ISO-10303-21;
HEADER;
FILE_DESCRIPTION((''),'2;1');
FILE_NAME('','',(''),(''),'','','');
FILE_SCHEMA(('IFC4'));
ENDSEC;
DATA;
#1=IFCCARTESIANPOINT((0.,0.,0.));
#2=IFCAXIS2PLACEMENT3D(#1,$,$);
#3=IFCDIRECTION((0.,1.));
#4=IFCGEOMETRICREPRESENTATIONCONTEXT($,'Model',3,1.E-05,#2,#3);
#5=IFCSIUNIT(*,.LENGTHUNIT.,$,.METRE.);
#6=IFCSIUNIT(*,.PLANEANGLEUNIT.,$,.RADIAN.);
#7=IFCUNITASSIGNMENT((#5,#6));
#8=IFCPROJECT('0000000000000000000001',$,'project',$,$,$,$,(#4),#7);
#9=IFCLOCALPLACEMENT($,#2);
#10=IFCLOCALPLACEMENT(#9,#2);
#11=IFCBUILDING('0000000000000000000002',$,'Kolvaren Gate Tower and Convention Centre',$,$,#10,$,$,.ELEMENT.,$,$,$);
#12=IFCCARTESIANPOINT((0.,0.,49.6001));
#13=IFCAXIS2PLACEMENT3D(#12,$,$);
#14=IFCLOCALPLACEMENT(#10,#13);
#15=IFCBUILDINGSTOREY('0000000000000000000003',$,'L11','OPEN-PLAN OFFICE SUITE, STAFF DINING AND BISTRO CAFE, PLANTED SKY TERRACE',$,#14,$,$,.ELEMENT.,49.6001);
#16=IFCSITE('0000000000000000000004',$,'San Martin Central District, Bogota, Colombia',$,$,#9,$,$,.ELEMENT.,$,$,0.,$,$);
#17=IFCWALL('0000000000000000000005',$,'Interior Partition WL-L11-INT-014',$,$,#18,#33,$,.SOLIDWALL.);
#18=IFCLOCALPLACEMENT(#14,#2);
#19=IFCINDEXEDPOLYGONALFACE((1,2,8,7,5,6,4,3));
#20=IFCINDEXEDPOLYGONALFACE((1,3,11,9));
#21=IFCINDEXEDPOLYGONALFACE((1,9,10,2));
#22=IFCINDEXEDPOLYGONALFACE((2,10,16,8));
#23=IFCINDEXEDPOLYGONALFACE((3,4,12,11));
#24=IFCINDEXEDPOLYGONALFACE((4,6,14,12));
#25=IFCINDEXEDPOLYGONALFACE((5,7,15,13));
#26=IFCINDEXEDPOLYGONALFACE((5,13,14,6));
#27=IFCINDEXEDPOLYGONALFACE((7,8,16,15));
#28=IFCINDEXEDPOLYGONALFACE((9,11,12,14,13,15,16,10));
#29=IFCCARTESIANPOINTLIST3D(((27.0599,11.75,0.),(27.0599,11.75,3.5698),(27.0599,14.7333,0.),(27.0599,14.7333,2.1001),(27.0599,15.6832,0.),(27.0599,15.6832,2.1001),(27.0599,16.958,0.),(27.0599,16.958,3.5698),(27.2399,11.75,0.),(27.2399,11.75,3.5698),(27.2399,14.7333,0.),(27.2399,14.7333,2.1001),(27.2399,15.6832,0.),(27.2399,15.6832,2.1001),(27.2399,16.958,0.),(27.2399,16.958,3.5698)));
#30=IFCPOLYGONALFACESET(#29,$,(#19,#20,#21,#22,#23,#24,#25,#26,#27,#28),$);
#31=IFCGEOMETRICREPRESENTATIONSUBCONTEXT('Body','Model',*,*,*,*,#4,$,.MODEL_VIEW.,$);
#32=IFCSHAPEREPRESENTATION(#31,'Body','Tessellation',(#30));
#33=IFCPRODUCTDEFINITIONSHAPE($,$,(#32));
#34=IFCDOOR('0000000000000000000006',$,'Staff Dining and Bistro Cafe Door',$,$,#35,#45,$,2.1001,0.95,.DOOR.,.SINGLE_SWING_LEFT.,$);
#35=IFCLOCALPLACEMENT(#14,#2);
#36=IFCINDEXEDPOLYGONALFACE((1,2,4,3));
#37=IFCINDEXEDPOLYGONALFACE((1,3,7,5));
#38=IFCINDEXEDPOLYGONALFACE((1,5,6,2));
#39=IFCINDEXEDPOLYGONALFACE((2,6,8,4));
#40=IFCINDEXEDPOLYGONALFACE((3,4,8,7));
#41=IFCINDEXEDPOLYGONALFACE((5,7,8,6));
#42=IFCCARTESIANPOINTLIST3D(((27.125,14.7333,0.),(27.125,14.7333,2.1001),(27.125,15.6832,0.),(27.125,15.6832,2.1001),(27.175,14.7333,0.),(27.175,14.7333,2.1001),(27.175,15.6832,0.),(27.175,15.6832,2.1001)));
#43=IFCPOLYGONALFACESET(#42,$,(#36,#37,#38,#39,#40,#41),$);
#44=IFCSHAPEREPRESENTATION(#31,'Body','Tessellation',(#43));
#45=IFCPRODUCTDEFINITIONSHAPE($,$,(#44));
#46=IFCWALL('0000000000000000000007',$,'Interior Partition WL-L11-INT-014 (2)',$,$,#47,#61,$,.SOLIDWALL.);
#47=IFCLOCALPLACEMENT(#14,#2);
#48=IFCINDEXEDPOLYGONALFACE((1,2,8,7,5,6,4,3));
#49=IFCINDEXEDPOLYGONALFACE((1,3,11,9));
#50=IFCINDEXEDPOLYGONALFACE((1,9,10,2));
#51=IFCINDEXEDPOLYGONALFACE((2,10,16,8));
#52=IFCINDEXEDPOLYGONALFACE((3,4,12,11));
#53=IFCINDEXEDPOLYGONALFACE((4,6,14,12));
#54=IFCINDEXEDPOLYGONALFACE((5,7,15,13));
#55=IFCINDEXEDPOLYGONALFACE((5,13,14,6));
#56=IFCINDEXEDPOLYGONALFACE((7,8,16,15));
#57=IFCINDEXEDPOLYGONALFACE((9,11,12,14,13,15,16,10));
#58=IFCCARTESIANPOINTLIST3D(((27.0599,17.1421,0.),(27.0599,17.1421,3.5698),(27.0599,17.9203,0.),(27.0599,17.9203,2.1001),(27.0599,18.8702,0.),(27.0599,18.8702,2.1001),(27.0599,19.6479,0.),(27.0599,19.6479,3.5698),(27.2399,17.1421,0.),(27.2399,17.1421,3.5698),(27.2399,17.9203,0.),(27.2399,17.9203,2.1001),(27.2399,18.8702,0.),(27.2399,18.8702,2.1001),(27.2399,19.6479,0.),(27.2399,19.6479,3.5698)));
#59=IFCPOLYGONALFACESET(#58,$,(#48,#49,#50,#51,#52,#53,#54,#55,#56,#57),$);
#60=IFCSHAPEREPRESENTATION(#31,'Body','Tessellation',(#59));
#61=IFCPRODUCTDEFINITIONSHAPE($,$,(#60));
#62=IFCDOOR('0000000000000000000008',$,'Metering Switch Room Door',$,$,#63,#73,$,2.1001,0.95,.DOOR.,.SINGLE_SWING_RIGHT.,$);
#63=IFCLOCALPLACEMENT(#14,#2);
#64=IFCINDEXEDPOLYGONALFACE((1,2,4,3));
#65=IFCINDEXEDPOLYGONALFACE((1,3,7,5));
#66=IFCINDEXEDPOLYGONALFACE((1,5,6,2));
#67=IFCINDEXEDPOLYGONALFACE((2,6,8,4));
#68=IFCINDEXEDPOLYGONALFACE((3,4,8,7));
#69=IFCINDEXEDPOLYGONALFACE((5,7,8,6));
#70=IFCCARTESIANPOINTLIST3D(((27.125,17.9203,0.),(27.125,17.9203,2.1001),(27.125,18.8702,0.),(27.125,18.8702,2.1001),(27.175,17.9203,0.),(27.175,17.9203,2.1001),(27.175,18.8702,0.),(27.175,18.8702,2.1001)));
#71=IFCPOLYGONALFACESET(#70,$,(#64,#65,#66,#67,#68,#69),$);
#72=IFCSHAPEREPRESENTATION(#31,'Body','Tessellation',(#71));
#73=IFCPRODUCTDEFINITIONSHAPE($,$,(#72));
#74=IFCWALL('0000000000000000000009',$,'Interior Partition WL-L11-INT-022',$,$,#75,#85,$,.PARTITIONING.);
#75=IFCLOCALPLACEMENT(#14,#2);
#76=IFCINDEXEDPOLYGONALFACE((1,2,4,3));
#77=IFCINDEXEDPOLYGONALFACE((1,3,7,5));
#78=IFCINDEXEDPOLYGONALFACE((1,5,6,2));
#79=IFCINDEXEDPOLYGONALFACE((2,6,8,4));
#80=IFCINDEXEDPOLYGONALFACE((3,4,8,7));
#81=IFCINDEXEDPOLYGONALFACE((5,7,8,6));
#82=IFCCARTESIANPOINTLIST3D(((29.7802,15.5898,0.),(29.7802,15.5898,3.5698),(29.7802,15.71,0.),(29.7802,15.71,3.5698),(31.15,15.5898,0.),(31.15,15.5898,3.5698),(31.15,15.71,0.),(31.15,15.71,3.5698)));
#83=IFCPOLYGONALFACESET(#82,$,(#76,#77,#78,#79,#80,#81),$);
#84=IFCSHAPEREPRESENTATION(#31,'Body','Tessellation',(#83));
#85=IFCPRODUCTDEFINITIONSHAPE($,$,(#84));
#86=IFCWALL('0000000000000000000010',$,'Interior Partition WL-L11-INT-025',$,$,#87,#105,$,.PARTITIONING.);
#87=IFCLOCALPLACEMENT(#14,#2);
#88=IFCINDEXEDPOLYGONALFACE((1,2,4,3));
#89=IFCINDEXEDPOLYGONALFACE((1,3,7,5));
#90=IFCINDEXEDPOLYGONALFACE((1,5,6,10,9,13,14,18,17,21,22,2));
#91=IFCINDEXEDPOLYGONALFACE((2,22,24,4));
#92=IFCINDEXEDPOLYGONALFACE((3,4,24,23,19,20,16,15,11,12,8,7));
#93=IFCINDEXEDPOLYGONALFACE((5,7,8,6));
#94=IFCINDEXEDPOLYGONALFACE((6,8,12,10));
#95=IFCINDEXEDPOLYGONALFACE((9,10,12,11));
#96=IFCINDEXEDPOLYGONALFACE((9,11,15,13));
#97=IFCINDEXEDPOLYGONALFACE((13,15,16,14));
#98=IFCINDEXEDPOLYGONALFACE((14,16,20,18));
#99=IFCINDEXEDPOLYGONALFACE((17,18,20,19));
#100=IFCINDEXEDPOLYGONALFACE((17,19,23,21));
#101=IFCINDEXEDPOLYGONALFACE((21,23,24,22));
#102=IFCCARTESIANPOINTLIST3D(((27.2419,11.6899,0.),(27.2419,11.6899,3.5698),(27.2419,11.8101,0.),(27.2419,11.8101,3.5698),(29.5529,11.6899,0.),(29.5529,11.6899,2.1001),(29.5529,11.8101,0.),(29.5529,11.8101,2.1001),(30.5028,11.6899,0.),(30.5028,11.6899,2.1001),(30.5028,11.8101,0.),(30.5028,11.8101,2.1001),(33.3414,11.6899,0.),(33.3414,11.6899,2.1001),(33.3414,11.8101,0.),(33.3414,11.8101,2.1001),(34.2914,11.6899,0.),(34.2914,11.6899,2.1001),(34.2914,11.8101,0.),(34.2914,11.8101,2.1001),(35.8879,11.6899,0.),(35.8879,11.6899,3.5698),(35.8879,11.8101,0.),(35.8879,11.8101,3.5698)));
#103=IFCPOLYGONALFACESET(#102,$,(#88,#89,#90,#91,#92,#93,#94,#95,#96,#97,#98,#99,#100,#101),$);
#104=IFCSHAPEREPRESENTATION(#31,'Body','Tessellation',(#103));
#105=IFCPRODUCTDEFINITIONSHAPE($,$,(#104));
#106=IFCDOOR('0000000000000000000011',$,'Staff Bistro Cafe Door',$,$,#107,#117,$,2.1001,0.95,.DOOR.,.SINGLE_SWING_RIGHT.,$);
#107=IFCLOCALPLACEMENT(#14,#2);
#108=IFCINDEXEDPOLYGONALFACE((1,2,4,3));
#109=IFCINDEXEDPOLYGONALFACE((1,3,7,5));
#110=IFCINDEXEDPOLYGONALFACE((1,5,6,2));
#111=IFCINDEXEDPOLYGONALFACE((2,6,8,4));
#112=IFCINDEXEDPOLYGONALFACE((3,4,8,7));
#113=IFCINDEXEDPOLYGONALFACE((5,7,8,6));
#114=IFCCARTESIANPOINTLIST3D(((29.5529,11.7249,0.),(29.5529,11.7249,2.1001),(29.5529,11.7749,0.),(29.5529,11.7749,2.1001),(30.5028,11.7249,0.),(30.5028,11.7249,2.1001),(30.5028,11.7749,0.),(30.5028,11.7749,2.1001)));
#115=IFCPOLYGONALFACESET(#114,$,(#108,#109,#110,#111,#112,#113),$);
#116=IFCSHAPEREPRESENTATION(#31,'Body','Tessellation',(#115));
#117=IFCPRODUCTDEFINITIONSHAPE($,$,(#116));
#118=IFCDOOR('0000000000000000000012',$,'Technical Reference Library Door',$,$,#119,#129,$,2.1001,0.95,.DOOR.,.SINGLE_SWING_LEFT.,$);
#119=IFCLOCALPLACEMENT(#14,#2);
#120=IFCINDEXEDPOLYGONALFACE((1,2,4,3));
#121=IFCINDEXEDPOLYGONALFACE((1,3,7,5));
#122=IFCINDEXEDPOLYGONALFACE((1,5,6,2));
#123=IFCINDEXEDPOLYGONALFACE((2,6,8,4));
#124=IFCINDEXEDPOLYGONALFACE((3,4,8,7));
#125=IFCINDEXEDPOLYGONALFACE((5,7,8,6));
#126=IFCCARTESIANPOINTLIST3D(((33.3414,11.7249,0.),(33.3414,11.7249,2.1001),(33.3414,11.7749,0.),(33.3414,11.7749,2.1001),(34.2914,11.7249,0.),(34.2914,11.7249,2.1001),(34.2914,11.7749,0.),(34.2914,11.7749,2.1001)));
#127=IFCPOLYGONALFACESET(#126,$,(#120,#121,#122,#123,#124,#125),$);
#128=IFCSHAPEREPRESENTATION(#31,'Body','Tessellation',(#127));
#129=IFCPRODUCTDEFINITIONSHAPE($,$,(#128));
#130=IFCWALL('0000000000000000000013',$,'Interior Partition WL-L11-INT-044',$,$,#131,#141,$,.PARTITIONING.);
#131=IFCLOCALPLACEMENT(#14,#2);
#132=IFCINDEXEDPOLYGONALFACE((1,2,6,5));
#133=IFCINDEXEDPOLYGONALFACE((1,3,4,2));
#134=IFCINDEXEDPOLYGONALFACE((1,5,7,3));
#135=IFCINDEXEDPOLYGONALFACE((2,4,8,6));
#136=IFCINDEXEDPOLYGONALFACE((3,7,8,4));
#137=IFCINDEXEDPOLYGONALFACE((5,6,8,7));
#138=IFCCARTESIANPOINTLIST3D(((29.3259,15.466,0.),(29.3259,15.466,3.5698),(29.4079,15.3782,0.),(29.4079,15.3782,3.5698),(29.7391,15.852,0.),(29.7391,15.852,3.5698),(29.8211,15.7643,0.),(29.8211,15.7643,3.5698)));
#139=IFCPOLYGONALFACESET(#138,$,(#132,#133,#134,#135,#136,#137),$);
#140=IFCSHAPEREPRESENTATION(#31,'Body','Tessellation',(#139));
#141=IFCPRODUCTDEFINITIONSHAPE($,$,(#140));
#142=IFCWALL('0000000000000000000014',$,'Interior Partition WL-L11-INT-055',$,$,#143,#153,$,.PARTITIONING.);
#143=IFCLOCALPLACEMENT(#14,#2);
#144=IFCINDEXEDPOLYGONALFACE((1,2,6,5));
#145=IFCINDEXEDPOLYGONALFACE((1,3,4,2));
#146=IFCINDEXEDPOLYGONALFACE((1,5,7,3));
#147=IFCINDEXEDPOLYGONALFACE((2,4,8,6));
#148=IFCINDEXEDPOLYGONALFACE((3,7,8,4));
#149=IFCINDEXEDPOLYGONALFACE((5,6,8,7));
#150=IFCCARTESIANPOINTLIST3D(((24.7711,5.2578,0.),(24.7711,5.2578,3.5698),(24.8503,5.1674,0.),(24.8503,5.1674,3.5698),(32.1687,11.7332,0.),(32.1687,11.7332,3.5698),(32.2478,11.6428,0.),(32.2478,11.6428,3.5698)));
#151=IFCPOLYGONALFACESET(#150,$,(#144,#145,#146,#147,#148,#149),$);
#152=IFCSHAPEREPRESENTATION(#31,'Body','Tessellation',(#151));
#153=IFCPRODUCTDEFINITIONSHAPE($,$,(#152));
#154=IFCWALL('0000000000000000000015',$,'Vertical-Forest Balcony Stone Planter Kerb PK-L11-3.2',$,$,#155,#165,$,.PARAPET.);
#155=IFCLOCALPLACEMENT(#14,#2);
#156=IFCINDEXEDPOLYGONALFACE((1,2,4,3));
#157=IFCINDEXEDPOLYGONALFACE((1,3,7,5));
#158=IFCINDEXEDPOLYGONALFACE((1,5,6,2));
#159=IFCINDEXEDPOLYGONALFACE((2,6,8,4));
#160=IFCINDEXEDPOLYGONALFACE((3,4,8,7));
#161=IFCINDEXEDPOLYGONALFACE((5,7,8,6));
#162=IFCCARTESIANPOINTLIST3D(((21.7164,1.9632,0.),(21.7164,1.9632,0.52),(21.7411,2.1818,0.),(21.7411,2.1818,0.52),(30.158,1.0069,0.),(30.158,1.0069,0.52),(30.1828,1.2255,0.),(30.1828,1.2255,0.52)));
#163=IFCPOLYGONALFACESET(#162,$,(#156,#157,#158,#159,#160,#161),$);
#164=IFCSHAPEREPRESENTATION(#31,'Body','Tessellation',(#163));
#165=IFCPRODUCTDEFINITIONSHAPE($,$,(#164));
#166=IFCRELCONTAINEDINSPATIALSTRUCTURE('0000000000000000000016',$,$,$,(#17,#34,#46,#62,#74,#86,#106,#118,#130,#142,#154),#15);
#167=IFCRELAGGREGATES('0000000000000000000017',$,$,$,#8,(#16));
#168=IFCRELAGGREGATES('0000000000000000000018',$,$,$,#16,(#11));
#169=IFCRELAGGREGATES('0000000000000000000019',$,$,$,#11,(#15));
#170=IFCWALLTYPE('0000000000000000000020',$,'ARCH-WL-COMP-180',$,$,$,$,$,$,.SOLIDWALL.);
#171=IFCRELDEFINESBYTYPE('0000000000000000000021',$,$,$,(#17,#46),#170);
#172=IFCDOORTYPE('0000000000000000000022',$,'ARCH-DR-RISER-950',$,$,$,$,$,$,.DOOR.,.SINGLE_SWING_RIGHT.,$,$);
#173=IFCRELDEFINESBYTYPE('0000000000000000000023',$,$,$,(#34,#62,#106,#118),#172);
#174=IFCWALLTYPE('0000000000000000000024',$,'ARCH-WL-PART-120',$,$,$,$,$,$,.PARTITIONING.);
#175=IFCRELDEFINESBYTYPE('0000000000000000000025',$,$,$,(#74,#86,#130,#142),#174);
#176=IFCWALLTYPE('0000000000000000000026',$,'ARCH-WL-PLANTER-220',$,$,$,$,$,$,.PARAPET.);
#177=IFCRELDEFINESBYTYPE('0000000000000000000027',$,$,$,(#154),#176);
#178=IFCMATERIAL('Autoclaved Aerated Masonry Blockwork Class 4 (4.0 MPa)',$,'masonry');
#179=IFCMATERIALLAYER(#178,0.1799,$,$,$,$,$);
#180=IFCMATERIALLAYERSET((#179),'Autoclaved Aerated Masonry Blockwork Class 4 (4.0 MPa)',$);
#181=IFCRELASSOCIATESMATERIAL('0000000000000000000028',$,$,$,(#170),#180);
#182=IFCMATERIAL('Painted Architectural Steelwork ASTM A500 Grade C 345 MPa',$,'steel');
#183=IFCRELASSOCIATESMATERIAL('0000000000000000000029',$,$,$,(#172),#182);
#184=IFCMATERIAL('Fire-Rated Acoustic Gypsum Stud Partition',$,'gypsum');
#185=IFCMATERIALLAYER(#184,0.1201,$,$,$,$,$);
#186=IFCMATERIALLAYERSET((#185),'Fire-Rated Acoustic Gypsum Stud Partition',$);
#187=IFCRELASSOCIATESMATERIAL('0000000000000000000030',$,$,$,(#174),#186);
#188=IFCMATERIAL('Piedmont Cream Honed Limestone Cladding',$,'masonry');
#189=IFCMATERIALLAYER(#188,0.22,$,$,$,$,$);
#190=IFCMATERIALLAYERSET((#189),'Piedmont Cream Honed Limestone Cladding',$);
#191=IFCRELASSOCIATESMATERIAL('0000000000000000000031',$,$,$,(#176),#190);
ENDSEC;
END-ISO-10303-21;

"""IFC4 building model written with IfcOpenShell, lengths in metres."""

from ifc_helpers import new_model, si_unit, direction, frame, frame_2d, origin, place, context, subcontext, project, spatial, rectangle, extrude, material, layer, layer_set, type_object, element, fill, save


model = new_model("IFC4")

# Units and contexts
model_context = context("Model", 3, precision=1e-05, world=origin(), true_north=direction((0.0, 1.0)))
body_context = subcontext(model_context, "Body", "Model", "MODEL_VIEW")
ifc_project = project(units=[si_unit("LENGTHUNIT", "METRE"), si_unit("PLANEANGLEUNIT", "RADIAN")], contexts=[model_context])

# Site, building, storey
site_placement = place(None, origin())
site = spatial("IfcSite", under=ifc_project, at=site_placement, Name="San Martin Central District, Bogota, Colombia", CompositionType="ELEMENT", RefElevation=0.0)
building_placement = place(site_placement, origin())
building = spatial("IfcBuilding", under=site, at=building_placement, Name="Kolvaren Gate Tower and Convention Centre", CompositionType="ELEMENT")
storey_placement = place(building_placement, frame((0.0, 0.0, 49.6001)))
storey = spatial("IfcBuildingStorey", under=building, at=storey_placement, Name="L11", Description="OPEN-PLAN OFFICE SUITE, STAFF DINING AND BISTRO CAFE, PLANTED SKY TERRACE", CompositionType="ELEMENT", Elevation=49.6001)

# Shared definitions
ifc_material_1 = material(Name="Autoclaved Aerated Masonry Blockwork Class 4 (4.0 MPa)", Category="masonry")
ifc_layer_1 = layer(ifc_material_1, 0.1799)
ifc_layer_set_1 = layer_set([ifc_layer_1], Name="Autoclaved Aerated Masonry Blockwork Class 4 (4.0 MPa)")
wall_type_1 = type_object("IfcWallType", Name="ARCH-WL-COMP-180", PredefinedType="SOLIDWALL", material=ifc_layer_set_1)

# Walls, openings, doors
ifc_material_2 = material(Name="Painted Architectural Steelwork ASTM A500 Grade C 345 MPa", Category="steel")
door_type_1 = type_object("IfcDoorType", Name="ARCH-DR-RISER-950", OperationType="SINGLE_SWING_RIGHT", PredefinedType="DOOR", material=ifc_material_2)
wall_1_placement = place(storey_placement, frame((27.1499, 11.75, 0.0), z_axis=(0.0, 0.0, 1.0), x_axis=(0.0, 1.0, 0.0)))
wall_1 = element("IfcWall", 1, at=wall_1_placement, inside=storey, type_object=wall_type_1, Name="Interior Partition WL-L11-INT-014", PredefinedType="SOLIDWALL", context=body_context, shape_type="SweptSolid", body=[
    extrude(rectangle(XDim=5.208, YDim=0.1799, at=frame_2d((2.604, 0.0))), origin(), (0.0, 0.0, 1.0), 3.5698),
])
opening_1_placement = place(wall_1_placement, frame((2.9832, 0.0, 0.0)))
opening_1 = element("IfcOpeningElement", 2, at=opening_1_placement, cuts=wall_1, PredefinedType="OPENING", context=body_context, shape_type="SweptSolid", body=[
    extrude(rectangle(XDim=0.95, YDim=2.1001, at=frame_2d((0.4751, 1.05))), frame((0.0, 0.0999, 0.0), z_axis=(0.0, -1.0, 0.0), x_axis=(1.0, 0.0, 0.0)), (0.0, 0.0, 1.0), 0.2),
])
door_1_placement = place(opening_1_placement, origin())
door_1 = element("IfcDoor", 3, at=door_1_placement, inside=storey, type_object=door_type_1, Name="Staff Dining and Bistro Cafe Door", OperationType="SINGLE_SWING_LEFT", OverallHeight=2.1001, OverallWidth=0.95, PredefinedType="DOOR", context=body_context, shape_type="SweptSolid", body=[
    extrude(rectangle(XDim=0.95, YDim=2.1001, at=frame_2d((0.4751, 1.05))), frame((0.0, 0.0249, 0.0), z_axis=(0.0, -1.0, 0.0), x_axis=(1.0, 0.0, 0.0)), (0.0, 0.0, 1.0), 0.05),
])
fill(opening_1, door_1)
wall_2_placement = place(storey_placement, frame((27.1499, 17.1421, 0.0), z_axis=(0.0, 0.0, 1.0), x_axis=(0.0, 1.0, 0.0)))
wall_2 = element("IfcWall", 4, at=wall_2_placement, inside=storey, type_object=wall_type_1, Name="Interior Partition WL-L11-INT-014 (2)", PredefinedType="SOLIDWALL", context=body_context, shape_type="SweptSolid", body=[
    extrude(rectangle(XDim=2.5059, YDim=0.1799, at=frame_2d((1.2529, 0.0))), origin(), (0.0, 0.0, 1.0), 3.5698),
])
opening_2_placement = place(wall_2_placement, frame((0.7781, 0.0, 0.0)))
opening_2 = element("IfcOpeningElement", 5, at=opening_2_placement, cuts=wall_2, PredefinedType="OPENING", context=body_context, shape_type="SweptSolid", body=[
    extrude(rectangle(XDim=0.95, YDim=2.1001, at=frame_2d((0.4751, 1.05))), frame((0.0, 0.0999, 0.0), z_axis=(0.0, -1.0, 0.0), x_axis=(1.0, 0.0, 0.0)), (0.0, 0.0, 1.0), 0.2),
])
door_2_placement = place(opening_2_placement, origin())
door_2 = element("IfcDoor", 6, at=door_2_placement, inside=storey, type_object=door_type_1, Name="Metering Switch Room Door", OperationType="SINGLE_SWING_RIGHT", OverallHeight=2.1001, OverallWidth=0.95, PredefinedType="DOOR", context=body_context, shape_type="SweptSolid", body=[
    extrude(rectangle(XDim=0.95, YDim=2.1001, at=frame_2d((0.4751, 1.05))), frame((0.0, 0.0249, 0.0), z_axis=(0.0, -1.0, 0.0), x_axis=(1.0, 0.0, 0.0)), (0.0, 0.0, 1.0), 0.05),
])
fill(opening_2, door_2)

# Wall
ifc_material_3 = material(Name="Fire-Rated Acoustic Gypsum Stud Partition", Category="gypsum")
ifc_layer_2 = layer(ifc_material_3, 0.1201)
ifc_layer_set_2 = layer_set([ifc_layer_2], Name="Fire-Rated Acoustic Gypsum Stud Partition")
wall_type_2 = type_object("IfcWallType", Name="ARCH-WL-PART-120", PredefinedType="PARTITIONING", material=ifc_layer_set_2)
wall_3_placement = place(storey_placement, frame((29.78, 15.6499, 0.0), z_axis=(0.0, 0.0, 1.0), x_axis=(1.0, 0.0, 0.0)))
element("IfcWall", 7, at=wall_3_placement, inside=storey, type_object=wall_type_2, Name="Interior Partition WL-L11-INT-022", PredefinedType="PARTITIONING", context=body_context, shape_type="SweptSolid", body=[
    extrude(rectangle(XDim=1.3699, YDim=0.1201, at=frame_2d((0.6851, 0.0))), origin(), (0.0, 0.0, 1.0), 3.5698),
])

# Wall, openings, doors
wall_4_placement = place(storey_placement, frame((27.2419, 11.75, 0.0), z_axis=(0.0, 0.0, 1.0), x_axis=(1.0, 0.0, 0.0)))
wall_4 = element("IfcWall", 8, at=wall_4_placement, inside=storey, type_object=wall_type_2, Name="Interior Partition WL-L11-INT-025", PredefinedType="PARTITIONING", context=body_context, shape_type="SweptSolid", body=[
    extrude(rectangle(XDim=8.646, YDim=0.1201, at=frame_2d((4.323, 0.0))), origin(), (0.0, 0.0, 1.0), 3.5698),
])
opening_3_placement = place(wall_4_placement, frame((2.3108, 0.0, 0.0)))
opening_3 = element("IfcOpeningElement", 9, at=opening_3_placement, cuts=wall_4, PredefinedType="OPENING", context=body_context, shape_type="SweptSolid", body=[
    extrude(rectangle(XDim=0.95, YDim=2.1001, at=frame_2d((0.4751, 1.05))), frame((0.0, 0.0701, 0.0), z_axis=(0.0, -1.0, 0.0), x_axis=(1.0, 0.0, 0.0)), (0.0, 0.0, 1.0), 0.1401),
])
opening_4_placement = place(wall_4_placement, frame((6.0994, 0.0, 0.0)))
opening_4 = element("IfcOpeningElement", 10, at=opening_4_placement, cuts=wall_4, PredefinedType="OPENING", context=body_context, shape_type="SweptSolid", body=[
    extrude(rectangle(XDim=0.95, YDim=2.1001, at=frame_2d((0.4751, 1.05))), frame((0.0, 0.0701, 0.0), z_axis=(0.0, -1.0, 0.0), x_axis=(1.0, 0.0, 0.0)), (0.0, 0.0, 1.0), 0.1401),
])
door_3_placement = place(opening_3_placement, origin())
door_3 = element("IfcDoor", 11, at=door_3_placement, inside=storey, type_object=door_type_1, Name="Staff Bistro Cafe Door", OperationType="SINGLE_SWING_RIGHT", OverallHeight=2.1001, OverallWidth=0.95, PredefinedType="DOOR", context=body_context, shape_type="SweptSolid", body=[
    extrude(rectangle(XDim=0.95, YDim=2.1001, at=frame_2d((0.4751, 1.05))), frame((0.0, 0.0249, 0.0), z_axis=(0.0, -1.0, 0.0), x_axis=(1.0, 0.0, 0.0)), (0.0, 0.0, 1.0), 0.05),
])
fill(opening_3, door_3)
door_4_placement = place(opening_4_placement, origin())
door_4 = element("IfcDoor", 12, at=door_4_placement, inside=storey, type_object=door_type_1, Name="Technical Reference Library Door", OperationType="SINGLE_SWING_LEFT", OverallHeight=2.1001, OverallWidth=0.95, PredefinedType="DOOR", context=body_context, shape_type="SweptSolid", body=[
    extrude(rectangle(XDim=0.95, YDim=2.1001, at=frame_2d((0.4751, 1.05))), frame((0.0, 0.0249, 0.0), z_axis=(0.0, -1.0, 0.0), x_axis=(1.0, 0.0, 0.0)), (0.0, 0.0, 1.0), 0.05),
])
fill(opening_4, door_4)

# Walls
wall_5_placement = place(storey_placement, frame((29.3669, 15.4221, 0.0), z_axis=(0.0, 0.0, 1.0), x_axis=(0.730667, 0.682734, 0.0)))
element("IfcWall", 13, at=wall_5_placement, inside=storey, type_object=wall_type_2, Name="Interior Partition WL-L11-INT-044", PredefinedType="PARTITIONING", context=body_context, shape_type="SweptSolid", body=[
    extrude(rectangle(XDim=0.5654, YDim=0.1201, at=frame_2d((0.2827, 0.0))), origin(), (0.0, 0.0, 1.0), 3.5698),
])
wall_6_placement = place(storey_placement, frame((24.8108, 5.2126, 0.0), z_axis=(0.0, 0.0, 1.0), x_axis=(0.752447, 0.658652, 0.0)))
element("IfcWall", 14, at=wall_6_placement, inside=storey, type_object=wall_type_2, Name="Interior Partition WL-L11-INT-055", PredefinedType="PARTITIONING", context=body_context, shape_type="SweptSolid", body=[
    extrude(rectangle(XDim=9.8313, YDim=0.1201, at=frame_2d((4.9155, 0.0))), origin(), (0.0, 0.0, 1.0), 3.5698),
])
ifc_material_4 = material(Name="Piedmont Cream Honed Limestone Cladding", Category="masonry")
ifc_layer_3 = layer(ifc_material_4, 0.22)
ifc_layer_set_3 = layer_set([ifc_layer_3], Name="Piedmont Cream Honed Limestone Cladding")
wall_type_3 = type_object("IfcWallType", Name="ARCH-WL-PLANTER-220", PredefinedType="PARAPET", material=ifc_layer_set_3)
wall_7_placement = place(storey_placement, frame((21.7288, 2.0725, 0.0), z_axis=(0.0, 0.0, 1.0), x_axis=(0.993645, -0.112563, 0.0)))
element("IfcWall", 15, at=wall_7_placement, inside=storey, type_object=wall_type_3, Name="Vertical-Forest Balcony Stone Planter Kerb PK-L11-3.2", PredefinedType="PARAPET", context=body_context, shape_type="SweptSolid", body=[
    extrude(rectangle(XDim=8.4956, YDim=0.22, at=frame_2d((4.2478, 0.0))), origin(), (0.0, 0.0, 1.0), 0.52),
])

save(model, "model.ifc")
